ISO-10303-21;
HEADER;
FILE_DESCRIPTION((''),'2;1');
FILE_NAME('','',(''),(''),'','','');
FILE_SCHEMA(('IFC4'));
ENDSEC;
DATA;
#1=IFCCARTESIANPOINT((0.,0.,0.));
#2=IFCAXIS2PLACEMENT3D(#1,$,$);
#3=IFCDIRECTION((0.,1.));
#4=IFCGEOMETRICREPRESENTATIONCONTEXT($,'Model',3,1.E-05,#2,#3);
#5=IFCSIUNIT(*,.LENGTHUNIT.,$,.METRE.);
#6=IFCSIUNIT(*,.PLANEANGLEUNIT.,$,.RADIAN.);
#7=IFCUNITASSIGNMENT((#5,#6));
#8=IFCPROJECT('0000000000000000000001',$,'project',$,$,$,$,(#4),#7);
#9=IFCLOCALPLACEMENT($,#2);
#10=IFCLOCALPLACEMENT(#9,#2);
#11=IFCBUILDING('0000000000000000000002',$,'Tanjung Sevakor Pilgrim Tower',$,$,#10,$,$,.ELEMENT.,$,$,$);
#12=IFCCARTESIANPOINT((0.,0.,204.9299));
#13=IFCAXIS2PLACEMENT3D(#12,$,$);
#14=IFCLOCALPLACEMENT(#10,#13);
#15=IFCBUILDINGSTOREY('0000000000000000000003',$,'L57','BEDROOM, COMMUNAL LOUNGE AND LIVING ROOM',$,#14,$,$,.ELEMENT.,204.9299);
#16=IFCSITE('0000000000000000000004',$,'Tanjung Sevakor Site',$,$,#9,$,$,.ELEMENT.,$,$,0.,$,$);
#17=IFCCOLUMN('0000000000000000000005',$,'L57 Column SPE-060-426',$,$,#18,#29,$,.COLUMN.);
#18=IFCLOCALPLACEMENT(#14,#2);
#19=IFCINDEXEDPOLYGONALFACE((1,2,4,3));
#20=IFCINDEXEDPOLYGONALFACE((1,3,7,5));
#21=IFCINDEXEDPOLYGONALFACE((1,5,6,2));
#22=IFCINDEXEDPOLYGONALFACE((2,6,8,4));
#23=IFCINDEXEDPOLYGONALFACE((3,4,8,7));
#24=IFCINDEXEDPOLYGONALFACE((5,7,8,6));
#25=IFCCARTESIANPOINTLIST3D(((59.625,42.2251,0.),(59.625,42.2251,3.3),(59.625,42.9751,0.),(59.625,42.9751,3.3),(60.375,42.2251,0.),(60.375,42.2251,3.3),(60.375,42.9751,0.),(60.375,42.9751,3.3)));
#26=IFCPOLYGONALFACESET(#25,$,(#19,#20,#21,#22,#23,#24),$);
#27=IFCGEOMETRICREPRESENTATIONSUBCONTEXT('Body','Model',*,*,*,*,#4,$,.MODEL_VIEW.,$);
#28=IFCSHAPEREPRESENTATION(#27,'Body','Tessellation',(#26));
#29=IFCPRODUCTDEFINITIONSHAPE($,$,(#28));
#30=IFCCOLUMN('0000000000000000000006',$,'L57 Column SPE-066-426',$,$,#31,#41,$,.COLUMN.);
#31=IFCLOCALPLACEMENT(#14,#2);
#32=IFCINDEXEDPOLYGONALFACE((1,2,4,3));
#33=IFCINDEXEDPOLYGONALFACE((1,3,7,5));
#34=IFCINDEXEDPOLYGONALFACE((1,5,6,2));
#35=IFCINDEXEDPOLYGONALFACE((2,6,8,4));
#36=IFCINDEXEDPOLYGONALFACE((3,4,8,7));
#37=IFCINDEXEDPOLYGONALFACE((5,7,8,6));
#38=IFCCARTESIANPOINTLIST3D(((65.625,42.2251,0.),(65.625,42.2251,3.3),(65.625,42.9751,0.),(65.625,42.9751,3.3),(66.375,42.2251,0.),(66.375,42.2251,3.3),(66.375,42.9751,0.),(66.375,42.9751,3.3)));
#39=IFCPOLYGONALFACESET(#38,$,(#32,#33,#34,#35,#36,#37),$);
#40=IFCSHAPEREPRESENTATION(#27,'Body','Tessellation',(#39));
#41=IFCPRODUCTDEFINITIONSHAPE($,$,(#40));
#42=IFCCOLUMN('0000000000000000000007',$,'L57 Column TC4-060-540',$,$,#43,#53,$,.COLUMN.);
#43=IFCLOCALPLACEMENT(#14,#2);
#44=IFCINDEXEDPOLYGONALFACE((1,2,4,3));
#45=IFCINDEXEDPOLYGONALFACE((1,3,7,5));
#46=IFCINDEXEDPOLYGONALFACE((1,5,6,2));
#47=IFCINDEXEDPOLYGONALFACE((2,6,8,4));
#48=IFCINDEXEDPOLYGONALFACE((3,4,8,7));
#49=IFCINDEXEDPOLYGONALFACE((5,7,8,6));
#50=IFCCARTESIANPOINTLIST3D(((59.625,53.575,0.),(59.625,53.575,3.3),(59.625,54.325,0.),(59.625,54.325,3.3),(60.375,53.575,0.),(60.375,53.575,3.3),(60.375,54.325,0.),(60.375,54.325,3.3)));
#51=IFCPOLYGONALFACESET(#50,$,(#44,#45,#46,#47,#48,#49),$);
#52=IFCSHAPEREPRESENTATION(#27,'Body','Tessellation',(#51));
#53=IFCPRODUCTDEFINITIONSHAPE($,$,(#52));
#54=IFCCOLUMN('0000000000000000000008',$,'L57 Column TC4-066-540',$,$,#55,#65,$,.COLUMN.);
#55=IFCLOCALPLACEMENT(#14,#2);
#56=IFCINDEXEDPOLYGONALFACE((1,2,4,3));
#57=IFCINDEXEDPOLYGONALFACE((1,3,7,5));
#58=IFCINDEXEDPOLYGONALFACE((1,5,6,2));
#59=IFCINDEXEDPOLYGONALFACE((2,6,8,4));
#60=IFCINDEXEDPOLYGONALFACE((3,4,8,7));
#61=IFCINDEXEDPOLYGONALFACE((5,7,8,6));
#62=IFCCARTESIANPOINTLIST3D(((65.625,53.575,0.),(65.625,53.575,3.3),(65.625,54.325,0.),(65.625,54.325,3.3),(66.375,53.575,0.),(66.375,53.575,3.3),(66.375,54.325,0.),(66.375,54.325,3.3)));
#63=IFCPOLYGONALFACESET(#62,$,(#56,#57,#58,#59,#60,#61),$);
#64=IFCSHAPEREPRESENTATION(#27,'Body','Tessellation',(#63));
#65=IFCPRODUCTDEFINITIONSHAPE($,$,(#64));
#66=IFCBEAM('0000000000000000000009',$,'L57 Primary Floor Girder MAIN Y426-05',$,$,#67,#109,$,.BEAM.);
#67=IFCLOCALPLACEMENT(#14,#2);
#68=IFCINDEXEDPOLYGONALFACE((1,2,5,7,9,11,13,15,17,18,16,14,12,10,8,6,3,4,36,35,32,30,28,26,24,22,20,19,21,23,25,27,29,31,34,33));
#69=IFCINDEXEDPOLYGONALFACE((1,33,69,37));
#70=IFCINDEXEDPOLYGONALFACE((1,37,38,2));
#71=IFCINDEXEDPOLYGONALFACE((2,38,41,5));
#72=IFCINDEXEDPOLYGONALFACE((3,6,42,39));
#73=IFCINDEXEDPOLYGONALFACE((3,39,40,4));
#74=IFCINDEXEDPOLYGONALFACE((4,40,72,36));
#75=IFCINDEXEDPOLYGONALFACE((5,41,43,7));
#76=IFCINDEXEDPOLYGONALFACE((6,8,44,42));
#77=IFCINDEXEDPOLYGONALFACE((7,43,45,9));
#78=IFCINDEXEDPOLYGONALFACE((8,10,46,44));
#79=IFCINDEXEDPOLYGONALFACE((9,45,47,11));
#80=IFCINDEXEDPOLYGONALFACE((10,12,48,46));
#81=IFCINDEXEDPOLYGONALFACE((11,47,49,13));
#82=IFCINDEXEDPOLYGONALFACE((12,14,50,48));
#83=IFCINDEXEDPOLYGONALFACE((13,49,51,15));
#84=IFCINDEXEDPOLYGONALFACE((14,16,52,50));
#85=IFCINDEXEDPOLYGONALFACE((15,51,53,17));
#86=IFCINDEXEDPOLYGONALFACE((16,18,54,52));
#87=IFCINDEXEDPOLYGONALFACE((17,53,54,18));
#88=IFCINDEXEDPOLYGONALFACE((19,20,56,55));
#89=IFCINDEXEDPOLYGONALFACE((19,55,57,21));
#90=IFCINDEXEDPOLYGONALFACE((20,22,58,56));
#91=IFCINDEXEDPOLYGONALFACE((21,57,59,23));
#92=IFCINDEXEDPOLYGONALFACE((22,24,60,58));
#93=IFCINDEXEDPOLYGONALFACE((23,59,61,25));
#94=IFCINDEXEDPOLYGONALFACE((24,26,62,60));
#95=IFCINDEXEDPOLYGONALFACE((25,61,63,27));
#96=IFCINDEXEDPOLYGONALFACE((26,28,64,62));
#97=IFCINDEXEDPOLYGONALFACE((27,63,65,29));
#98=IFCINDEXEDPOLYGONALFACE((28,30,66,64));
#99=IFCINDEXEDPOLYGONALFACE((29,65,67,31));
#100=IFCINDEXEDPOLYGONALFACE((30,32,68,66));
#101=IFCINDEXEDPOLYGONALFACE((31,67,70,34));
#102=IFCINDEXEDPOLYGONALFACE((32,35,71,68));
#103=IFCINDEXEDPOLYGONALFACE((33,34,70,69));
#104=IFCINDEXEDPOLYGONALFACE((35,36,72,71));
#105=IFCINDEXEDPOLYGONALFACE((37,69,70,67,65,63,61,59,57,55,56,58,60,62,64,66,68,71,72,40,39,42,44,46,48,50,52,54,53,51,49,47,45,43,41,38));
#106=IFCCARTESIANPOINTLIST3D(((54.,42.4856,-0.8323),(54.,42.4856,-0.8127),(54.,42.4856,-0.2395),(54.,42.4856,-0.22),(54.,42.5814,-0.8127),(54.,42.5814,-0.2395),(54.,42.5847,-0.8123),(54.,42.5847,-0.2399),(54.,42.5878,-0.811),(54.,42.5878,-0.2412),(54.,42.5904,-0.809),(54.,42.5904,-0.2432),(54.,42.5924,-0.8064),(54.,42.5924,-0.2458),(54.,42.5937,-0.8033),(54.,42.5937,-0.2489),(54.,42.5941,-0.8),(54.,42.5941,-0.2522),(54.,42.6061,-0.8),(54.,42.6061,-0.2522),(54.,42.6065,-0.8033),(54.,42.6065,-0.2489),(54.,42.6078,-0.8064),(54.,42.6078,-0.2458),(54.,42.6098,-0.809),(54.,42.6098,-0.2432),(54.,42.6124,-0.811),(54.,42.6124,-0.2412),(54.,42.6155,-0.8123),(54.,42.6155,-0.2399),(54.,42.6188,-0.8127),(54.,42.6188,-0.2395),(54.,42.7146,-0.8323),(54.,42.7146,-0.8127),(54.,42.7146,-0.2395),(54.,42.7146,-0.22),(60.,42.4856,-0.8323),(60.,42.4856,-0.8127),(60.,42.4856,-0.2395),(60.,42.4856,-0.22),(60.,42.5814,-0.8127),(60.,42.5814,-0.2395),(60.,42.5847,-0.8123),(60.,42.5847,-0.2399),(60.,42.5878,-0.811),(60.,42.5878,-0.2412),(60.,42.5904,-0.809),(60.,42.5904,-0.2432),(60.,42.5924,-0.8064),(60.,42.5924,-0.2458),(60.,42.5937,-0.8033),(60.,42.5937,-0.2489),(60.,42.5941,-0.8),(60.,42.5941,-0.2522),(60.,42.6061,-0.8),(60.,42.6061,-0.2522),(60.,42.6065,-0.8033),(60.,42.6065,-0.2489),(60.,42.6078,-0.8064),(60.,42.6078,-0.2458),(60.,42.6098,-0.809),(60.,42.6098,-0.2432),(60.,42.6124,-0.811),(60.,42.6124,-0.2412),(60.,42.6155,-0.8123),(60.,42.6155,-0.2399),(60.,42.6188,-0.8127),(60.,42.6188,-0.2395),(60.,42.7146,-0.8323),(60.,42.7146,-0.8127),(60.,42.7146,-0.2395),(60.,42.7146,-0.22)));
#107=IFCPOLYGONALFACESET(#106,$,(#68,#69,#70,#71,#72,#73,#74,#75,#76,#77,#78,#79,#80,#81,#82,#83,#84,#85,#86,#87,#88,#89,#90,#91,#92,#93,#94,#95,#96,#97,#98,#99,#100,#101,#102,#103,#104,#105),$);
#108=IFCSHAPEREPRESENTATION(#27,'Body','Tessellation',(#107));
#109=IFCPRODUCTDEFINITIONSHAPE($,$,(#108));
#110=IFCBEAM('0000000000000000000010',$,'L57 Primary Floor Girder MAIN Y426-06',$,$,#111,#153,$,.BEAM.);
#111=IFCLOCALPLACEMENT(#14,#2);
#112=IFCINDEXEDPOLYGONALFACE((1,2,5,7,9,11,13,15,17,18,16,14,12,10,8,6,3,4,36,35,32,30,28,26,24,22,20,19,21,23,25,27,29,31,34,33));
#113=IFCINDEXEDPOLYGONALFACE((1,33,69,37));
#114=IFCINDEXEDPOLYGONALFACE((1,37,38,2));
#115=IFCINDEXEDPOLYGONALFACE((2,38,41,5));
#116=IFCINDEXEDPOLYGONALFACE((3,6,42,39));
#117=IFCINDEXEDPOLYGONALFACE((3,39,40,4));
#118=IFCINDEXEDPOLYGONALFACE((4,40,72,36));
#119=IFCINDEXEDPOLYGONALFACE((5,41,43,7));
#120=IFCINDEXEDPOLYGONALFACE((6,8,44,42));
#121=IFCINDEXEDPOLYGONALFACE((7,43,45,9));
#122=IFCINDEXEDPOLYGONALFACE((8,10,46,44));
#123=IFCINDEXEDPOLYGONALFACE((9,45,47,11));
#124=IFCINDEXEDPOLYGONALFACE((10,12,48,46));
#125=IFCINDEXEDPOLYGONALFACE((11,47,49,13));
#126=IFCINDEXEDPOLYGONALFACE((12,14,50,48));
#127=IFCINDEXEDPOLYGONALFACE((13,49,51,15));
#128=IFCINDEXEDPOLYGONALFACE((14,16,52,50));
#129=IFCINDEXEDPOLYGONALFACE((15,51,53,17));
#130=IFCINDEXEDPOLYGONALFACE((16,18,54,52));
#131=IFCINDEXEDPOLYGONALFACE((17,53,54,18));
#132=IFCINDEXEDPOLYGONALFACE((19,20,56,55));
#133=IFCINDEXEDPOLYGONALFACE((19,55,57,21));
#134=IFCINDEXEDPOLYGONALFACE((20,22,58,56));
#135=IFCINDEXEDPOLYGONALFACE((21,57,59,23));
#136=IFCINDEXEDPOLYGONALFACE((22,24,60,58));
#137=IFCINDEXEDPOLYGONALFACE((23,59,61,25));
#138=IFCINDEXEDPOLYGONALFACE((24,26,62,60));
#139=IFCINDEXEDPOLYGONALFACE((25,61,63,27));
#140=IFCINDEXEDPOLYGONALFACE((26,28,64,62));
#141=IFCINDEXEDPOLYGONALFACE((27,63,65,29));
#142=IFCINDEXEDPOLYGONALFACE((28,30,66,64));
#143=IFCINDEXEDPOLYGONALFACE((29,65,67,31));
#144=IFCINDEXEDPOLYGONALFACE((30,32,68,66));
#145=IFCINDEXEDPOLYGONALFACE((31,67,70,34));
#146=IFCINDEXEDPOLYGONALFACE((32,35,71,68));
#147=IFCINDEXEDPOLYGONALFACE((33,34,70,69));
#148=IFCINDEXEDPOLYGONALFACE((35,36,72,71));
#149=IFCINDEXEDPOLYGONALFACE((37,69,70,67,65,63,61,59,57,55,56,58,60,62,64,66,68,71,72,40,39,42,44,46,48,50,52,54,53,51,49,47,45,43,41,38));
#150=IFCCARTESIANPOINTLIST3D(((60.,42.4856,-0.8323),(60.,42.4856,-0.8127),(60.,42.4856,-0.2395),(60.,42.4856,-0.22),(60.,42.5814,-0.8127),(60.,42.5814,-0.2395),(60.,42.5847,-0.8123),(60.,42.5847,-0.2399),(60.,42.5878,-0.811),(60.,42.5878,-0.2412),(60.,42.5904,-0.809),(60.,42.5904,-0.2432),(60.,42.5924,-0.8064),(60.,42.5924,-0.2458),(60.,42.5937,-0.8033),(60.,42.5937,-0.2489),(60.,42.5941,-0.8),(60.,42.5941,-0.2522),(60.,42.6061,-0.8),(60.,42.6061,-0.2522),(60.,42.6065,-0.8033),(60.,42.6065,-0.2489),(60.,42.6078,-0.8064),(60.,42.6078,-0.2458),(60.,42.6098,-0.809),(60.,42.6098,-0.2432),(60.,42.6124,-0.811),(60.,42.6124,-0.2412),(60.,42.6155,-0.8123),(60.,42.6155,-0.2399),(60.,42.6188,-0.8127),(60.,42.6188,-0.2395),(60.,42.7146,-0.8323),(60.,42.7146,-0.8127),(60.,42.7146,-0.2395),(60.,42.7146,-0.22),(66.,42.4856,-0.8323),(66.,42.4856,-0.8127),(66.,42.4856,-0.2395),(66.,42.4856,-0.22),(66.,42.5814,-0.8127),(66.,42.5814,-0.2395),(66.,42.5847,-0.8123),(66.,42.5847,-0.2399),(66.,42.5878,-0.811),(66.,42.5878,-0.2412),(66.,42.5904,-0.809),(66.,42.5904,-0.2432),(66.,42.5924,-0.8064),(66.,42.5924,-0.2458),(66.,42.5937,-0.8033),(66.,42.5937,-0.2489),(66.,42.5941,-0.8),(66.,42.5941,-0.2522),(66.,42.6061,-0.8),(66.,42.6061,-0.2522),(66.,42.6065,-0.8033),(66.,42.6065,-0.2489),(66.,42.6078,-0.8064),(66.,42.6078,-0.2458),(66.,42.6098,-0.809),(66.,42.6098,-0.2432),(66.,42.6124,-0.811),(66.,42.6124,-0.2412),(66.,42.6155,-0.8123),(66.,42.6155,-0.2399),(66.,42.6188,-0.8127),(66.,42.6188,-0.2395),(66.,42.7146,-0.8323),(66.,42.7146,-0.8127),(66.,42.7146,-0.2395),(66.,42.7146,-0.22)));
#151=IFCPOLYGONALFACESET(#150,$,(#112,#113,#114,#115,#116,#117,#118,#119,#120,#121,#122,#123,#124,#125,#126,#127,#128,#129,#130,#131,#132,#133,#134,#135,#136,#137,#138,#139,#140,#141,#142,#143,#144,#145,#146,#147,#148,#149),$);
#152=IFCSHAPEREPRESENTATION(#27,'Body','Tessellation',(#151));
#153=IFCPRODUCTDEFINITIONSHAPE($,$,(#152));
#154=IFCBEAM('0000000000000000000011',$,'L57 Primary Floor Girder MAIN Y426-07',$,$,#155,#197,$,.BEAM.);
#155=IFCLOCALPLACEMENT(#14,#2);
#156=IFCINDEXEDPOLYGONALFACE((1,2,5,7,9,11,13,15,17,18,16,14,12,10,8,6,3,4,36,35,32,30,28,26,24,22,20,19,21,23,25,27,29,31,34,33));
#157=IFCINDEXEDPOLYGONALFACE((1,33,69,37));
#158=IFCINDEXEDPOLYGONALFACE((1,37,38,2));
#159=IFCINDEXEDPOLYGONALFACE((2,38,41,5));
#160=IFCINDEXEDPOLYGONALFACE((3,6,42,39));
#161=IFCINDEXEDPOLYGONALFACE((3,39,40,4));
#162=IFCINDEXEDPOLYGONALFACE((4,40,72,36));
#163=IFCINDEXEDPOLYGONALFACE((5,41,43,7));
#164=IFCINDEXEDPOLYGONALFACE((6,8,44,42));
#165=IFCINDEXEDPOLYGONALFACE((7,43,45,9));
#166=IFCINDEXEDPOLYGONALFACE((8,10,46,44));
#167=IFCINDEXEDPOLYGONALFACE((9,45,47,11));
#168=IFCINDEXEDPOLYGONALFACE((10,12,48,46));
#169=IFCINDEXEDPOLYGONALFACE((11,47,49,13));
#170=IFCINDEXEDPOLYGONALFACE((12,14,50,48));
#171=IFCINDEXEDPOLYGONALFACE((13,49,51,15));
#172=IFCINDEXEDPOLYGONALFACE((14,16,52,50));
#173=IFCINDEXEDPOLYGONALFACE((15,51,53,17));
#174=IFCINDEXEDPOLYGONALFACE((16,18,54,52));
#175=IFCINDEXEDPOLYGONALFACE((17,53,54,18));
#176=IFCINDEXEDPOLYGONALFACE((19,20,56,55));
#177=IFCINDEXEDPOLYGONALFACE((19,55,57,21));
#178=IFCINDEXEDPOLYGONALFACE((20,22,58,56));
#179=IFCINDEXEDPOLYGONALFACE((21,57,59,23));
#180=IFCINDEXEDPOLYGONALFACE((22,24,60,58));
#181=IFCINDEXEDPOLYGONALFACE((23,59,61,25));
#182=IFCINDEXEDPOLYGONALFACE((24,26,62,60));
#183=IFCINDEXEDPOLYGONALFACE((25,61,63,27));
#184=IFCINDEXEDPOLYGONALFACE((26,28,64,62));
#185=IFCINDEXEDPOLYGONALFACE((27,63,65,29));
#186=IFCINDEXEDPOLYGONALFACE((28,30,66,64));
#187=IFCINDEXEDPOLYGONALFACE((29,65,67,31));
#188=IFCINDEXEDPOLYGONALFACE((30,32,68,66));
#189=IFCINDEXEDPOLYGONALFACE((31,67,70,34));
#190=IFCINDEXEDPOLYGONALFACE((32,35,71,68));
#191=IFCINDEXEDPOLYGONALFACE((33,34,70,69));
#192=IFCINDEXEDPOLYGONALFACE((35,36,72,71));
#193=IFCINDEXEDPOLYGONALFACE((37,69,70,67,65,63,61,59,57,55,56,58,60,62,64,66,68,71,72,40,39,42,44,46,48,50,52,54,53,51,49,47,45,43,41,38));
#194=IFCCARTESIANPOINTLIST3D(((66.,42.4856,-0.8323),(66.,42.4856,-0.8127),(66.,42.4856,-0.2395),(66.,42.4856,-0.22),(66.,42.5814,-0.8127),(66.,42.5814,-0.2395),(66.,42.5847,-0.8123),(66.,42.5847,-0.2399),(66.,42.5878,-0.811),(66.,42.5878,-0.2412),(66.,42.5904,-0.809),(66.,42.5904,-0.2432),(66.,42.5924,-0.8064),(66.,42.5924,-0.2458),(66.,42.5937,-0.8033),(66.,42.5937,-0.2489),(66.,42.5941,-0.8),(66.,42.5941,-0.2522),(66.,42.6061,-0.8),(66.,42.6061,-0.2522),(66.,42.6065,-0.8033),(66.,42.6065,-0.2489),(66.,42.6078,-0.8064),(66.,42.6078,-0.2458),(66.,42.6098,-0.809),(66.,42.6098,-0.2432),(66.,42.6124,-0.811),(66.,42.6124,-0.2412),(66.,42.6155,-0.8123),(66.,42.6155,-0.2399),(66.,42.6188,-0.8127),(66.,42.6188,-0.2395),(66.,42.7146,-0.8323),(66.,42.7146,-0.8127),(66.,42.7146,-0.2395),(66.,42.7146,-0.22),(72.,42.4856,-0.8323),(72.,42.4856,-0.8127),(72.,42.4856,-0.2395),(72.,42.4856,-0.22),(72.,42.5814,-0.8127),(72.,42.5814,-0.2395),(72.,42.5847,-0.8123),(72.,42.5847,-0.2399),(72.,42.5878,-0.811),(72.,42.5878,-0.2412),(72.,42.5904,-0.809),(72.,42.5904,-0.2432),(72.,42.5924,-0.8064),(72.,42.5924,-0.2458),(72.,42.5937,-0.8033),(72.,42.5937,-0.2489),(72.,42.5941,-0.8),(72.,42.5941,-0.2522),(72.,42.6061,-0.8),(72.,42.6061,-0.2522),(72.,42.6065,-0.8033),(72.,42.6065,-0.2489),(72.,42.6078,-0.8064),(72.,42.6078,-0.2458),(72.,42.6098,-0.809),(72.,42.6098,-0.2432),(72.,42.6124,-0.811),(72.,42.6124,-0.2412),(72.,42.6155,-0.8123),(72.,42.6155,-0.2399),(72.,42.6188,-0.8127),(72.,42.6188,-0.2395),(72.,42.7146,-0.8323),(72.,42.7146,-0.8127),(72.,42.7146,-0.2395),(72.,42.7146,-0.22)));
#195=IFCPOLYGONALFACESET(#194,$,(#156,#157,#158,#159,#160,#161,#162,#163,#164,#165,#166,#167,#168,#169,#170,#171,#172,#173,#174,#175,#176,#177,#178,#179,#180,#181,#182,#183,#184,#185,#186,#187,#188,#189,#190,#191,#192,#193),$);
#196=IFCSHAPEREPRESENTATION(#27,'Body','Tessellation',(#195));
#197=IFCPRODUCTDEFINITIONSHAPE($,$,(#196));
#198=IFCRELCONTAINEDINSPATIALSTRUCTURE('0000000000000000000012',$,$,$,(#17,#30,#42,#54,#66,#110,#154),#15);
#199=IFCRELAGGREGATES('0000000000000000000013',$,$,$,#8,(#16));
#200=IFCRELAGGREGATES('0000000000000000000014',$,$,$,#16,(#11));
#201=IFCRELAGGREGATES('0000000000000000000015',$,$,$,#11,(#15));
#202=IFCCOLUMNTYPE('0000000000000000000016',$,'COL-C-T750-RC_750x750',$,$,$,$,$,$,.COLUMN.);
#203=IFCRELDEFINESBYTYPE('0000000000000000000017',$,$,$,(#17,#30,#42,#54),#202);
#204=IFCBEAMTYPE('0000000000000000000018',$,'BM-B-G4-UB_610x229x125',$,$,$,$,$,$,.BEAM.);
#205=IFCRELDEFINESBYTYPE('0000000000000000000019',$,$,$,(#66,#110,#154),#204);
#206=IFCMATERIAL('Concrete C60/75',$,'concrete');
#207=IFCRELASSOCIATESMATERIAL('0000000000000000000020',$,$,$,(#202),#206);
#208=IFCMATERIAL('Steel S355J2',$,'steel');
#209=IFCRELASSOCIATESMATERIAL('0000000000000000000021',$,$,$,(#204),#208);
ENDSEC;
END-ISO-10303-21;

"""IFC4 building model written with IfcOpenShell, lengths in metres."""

from ifc_helpers import new_model, si_unit, direction, frame, origin, origin_2d, place, context, subcontext, project, spatial, rectangle, i_section, extrude, material, material_profile, profile_set, type_object, element, save


model = new_model("IFC4")

# Units and contexts
model_context = context("Model", 3, precision=1e-05, world=origin(), true_north=direction((0.0, 1.0)))
body_context = subcontext(model_context, "Body", "Model", "MODEL_VIEW")
ifc_project = project(units=[si_unit("LENGTHUNIT", "METRE"), si_unit("PLANEANGLEUNIT", "RADIAN")], contexts=[model_context])

# Site, building, storey
site_placement = place(None, origin())
site = spatial("IfcSite", under=ifc_project, at=site_placement, Name="Tanjung Sevakor Site", CompositionType="ELEMENT", RefElevation=0.0)
building_placement = place(site_placement, origin())
building = spatial("IfcBuilding", under=site, at=building_placement, Name="Tanjung Sevakor Pilgrim Tower", CompositionType="ELEMENT")
storey_placement = place(building_placement, frame((0.0, 0.0, 204.9299)))
storey = spatial("IfcBuildingStorey", under=building, at=storey_placement, Name="L57", Description="BEDROOM, COMMUNAL LOUNGE AND LIVING ROOM", CompositionType="ELEMENT", Elevation=204.9299)

# Columns
ifc_material_1 = material(Name="Concrete C60/75", Category="concrete")
ifc_material_profile_1 = material_profile(ifc_material_1, rectangle(XDim=0.75, YDim=0.75, at=origin_2d()))
ifc_profile_set_1 = profile_set([ifc_material_profile_1], Name="Concrete C60/75")
column_type = type_object("IfcColumnType", Name="COL-C-T750-RC_750x750", PredefinedType="COLUMN", material=ifc_profile_set_1)
for number, where, z_axis, x_axis, name in (
    (1, (60.0, 42.6001, 0.0), (0.0, 0.0, 1.0), (1.0, 0.0, 0.0), "L57 Column SPE-060-426"),
    (2, (66.0, 42.6001, 0.0), (0.0, 0.0, 1.0), (1.0, 0.0, 0.0), "L57 Column SPE-066-426"),
    (3, (60.0, 53.95, 0.0), (0.0, 0.0, 1.0), (1.0, 0.0, 0.0), "L57 Column TC4-060-540"),
    (4, (66.0, 53.95, 0.0), (0.0, 0.0, 1.0), (1.0, 0.0, 0.0), "L57 Column TC4-066-540"),
):
    element("IfcColumn", number, at=place(storey_placement, frame(where, z_axis=z_axis, x_axis=x_axis)), inside=storey, type_object=column_type, Name=name, PredefinedType="COLUMN", context=body_context, shape_type="SweptSolid", body=[
        extrude(rectangle(XDim=0.75, YDim=0.75, at=origin_2d()), origin(), (0.0, 0.0, 1.0), 3.3),
    ])

# Beams
ifc_material_2 = material(Name="Steel S355J2", Category="steel")
ifc_material_profile_2 = material_profile(ifc_material_2, i_section(OverallWidth=0.229, OverallDepth=0.6123, WebThickness=0.012, FlangeThickness=0.0195, FilletRadius=0.0127, at=origin_2d()))
ifc_profile_set_2 = profile_set([ifc_material_profile_2], Name="Steel S355J2")
beam_type_1 = type_object("IfcBeamType", Name="BM-B-G4-UB_610x229x125", PredefinedType="BEAM", material=ifc_profile_set_2)
for number, where, z_axis, x_axis, name in (
    (5, (54.0, 42.6001, -0.5261), (1.0, 0.0, 0.0), (0.0, 1.0, 0.0), "L57 Primary Floor Girder MAIN Y426-05"),
    (6, (60.0, 42.6001, -0.5261), (1.0, 0.0, 0.0), (0.0, 1.0, 0.0), "L57 Primary Floor Girder MAIN Y426-06"),
    (7, (66.0, 42.6001, -0.5261), (1.0, 0.0, 0.0), (0.0, 1.0, 0.0), "L57 Primary Floor Girder MAIN Y426-07"),
):
    element("IfcBeam", number, at=place(storey_placement, frame(where, z_axis=z_axis, x_axis=x_axis)), inside=storey, type_object=beam_type_1, Name=name, PredefinedType="BEAM", context=body_context, shape_type="SweptSolid", body=[
        extrude(i_section(OverallWidth=0.229, OverallDepth=0.6123, WebThickness=0.012, FlangeThickness=0.0195, FilletRadius=0.0127, at=origin_2d()), origin(), (0.0, 0.0, 1.0), 6.0),
    ])

save(model, "model.ifc")
